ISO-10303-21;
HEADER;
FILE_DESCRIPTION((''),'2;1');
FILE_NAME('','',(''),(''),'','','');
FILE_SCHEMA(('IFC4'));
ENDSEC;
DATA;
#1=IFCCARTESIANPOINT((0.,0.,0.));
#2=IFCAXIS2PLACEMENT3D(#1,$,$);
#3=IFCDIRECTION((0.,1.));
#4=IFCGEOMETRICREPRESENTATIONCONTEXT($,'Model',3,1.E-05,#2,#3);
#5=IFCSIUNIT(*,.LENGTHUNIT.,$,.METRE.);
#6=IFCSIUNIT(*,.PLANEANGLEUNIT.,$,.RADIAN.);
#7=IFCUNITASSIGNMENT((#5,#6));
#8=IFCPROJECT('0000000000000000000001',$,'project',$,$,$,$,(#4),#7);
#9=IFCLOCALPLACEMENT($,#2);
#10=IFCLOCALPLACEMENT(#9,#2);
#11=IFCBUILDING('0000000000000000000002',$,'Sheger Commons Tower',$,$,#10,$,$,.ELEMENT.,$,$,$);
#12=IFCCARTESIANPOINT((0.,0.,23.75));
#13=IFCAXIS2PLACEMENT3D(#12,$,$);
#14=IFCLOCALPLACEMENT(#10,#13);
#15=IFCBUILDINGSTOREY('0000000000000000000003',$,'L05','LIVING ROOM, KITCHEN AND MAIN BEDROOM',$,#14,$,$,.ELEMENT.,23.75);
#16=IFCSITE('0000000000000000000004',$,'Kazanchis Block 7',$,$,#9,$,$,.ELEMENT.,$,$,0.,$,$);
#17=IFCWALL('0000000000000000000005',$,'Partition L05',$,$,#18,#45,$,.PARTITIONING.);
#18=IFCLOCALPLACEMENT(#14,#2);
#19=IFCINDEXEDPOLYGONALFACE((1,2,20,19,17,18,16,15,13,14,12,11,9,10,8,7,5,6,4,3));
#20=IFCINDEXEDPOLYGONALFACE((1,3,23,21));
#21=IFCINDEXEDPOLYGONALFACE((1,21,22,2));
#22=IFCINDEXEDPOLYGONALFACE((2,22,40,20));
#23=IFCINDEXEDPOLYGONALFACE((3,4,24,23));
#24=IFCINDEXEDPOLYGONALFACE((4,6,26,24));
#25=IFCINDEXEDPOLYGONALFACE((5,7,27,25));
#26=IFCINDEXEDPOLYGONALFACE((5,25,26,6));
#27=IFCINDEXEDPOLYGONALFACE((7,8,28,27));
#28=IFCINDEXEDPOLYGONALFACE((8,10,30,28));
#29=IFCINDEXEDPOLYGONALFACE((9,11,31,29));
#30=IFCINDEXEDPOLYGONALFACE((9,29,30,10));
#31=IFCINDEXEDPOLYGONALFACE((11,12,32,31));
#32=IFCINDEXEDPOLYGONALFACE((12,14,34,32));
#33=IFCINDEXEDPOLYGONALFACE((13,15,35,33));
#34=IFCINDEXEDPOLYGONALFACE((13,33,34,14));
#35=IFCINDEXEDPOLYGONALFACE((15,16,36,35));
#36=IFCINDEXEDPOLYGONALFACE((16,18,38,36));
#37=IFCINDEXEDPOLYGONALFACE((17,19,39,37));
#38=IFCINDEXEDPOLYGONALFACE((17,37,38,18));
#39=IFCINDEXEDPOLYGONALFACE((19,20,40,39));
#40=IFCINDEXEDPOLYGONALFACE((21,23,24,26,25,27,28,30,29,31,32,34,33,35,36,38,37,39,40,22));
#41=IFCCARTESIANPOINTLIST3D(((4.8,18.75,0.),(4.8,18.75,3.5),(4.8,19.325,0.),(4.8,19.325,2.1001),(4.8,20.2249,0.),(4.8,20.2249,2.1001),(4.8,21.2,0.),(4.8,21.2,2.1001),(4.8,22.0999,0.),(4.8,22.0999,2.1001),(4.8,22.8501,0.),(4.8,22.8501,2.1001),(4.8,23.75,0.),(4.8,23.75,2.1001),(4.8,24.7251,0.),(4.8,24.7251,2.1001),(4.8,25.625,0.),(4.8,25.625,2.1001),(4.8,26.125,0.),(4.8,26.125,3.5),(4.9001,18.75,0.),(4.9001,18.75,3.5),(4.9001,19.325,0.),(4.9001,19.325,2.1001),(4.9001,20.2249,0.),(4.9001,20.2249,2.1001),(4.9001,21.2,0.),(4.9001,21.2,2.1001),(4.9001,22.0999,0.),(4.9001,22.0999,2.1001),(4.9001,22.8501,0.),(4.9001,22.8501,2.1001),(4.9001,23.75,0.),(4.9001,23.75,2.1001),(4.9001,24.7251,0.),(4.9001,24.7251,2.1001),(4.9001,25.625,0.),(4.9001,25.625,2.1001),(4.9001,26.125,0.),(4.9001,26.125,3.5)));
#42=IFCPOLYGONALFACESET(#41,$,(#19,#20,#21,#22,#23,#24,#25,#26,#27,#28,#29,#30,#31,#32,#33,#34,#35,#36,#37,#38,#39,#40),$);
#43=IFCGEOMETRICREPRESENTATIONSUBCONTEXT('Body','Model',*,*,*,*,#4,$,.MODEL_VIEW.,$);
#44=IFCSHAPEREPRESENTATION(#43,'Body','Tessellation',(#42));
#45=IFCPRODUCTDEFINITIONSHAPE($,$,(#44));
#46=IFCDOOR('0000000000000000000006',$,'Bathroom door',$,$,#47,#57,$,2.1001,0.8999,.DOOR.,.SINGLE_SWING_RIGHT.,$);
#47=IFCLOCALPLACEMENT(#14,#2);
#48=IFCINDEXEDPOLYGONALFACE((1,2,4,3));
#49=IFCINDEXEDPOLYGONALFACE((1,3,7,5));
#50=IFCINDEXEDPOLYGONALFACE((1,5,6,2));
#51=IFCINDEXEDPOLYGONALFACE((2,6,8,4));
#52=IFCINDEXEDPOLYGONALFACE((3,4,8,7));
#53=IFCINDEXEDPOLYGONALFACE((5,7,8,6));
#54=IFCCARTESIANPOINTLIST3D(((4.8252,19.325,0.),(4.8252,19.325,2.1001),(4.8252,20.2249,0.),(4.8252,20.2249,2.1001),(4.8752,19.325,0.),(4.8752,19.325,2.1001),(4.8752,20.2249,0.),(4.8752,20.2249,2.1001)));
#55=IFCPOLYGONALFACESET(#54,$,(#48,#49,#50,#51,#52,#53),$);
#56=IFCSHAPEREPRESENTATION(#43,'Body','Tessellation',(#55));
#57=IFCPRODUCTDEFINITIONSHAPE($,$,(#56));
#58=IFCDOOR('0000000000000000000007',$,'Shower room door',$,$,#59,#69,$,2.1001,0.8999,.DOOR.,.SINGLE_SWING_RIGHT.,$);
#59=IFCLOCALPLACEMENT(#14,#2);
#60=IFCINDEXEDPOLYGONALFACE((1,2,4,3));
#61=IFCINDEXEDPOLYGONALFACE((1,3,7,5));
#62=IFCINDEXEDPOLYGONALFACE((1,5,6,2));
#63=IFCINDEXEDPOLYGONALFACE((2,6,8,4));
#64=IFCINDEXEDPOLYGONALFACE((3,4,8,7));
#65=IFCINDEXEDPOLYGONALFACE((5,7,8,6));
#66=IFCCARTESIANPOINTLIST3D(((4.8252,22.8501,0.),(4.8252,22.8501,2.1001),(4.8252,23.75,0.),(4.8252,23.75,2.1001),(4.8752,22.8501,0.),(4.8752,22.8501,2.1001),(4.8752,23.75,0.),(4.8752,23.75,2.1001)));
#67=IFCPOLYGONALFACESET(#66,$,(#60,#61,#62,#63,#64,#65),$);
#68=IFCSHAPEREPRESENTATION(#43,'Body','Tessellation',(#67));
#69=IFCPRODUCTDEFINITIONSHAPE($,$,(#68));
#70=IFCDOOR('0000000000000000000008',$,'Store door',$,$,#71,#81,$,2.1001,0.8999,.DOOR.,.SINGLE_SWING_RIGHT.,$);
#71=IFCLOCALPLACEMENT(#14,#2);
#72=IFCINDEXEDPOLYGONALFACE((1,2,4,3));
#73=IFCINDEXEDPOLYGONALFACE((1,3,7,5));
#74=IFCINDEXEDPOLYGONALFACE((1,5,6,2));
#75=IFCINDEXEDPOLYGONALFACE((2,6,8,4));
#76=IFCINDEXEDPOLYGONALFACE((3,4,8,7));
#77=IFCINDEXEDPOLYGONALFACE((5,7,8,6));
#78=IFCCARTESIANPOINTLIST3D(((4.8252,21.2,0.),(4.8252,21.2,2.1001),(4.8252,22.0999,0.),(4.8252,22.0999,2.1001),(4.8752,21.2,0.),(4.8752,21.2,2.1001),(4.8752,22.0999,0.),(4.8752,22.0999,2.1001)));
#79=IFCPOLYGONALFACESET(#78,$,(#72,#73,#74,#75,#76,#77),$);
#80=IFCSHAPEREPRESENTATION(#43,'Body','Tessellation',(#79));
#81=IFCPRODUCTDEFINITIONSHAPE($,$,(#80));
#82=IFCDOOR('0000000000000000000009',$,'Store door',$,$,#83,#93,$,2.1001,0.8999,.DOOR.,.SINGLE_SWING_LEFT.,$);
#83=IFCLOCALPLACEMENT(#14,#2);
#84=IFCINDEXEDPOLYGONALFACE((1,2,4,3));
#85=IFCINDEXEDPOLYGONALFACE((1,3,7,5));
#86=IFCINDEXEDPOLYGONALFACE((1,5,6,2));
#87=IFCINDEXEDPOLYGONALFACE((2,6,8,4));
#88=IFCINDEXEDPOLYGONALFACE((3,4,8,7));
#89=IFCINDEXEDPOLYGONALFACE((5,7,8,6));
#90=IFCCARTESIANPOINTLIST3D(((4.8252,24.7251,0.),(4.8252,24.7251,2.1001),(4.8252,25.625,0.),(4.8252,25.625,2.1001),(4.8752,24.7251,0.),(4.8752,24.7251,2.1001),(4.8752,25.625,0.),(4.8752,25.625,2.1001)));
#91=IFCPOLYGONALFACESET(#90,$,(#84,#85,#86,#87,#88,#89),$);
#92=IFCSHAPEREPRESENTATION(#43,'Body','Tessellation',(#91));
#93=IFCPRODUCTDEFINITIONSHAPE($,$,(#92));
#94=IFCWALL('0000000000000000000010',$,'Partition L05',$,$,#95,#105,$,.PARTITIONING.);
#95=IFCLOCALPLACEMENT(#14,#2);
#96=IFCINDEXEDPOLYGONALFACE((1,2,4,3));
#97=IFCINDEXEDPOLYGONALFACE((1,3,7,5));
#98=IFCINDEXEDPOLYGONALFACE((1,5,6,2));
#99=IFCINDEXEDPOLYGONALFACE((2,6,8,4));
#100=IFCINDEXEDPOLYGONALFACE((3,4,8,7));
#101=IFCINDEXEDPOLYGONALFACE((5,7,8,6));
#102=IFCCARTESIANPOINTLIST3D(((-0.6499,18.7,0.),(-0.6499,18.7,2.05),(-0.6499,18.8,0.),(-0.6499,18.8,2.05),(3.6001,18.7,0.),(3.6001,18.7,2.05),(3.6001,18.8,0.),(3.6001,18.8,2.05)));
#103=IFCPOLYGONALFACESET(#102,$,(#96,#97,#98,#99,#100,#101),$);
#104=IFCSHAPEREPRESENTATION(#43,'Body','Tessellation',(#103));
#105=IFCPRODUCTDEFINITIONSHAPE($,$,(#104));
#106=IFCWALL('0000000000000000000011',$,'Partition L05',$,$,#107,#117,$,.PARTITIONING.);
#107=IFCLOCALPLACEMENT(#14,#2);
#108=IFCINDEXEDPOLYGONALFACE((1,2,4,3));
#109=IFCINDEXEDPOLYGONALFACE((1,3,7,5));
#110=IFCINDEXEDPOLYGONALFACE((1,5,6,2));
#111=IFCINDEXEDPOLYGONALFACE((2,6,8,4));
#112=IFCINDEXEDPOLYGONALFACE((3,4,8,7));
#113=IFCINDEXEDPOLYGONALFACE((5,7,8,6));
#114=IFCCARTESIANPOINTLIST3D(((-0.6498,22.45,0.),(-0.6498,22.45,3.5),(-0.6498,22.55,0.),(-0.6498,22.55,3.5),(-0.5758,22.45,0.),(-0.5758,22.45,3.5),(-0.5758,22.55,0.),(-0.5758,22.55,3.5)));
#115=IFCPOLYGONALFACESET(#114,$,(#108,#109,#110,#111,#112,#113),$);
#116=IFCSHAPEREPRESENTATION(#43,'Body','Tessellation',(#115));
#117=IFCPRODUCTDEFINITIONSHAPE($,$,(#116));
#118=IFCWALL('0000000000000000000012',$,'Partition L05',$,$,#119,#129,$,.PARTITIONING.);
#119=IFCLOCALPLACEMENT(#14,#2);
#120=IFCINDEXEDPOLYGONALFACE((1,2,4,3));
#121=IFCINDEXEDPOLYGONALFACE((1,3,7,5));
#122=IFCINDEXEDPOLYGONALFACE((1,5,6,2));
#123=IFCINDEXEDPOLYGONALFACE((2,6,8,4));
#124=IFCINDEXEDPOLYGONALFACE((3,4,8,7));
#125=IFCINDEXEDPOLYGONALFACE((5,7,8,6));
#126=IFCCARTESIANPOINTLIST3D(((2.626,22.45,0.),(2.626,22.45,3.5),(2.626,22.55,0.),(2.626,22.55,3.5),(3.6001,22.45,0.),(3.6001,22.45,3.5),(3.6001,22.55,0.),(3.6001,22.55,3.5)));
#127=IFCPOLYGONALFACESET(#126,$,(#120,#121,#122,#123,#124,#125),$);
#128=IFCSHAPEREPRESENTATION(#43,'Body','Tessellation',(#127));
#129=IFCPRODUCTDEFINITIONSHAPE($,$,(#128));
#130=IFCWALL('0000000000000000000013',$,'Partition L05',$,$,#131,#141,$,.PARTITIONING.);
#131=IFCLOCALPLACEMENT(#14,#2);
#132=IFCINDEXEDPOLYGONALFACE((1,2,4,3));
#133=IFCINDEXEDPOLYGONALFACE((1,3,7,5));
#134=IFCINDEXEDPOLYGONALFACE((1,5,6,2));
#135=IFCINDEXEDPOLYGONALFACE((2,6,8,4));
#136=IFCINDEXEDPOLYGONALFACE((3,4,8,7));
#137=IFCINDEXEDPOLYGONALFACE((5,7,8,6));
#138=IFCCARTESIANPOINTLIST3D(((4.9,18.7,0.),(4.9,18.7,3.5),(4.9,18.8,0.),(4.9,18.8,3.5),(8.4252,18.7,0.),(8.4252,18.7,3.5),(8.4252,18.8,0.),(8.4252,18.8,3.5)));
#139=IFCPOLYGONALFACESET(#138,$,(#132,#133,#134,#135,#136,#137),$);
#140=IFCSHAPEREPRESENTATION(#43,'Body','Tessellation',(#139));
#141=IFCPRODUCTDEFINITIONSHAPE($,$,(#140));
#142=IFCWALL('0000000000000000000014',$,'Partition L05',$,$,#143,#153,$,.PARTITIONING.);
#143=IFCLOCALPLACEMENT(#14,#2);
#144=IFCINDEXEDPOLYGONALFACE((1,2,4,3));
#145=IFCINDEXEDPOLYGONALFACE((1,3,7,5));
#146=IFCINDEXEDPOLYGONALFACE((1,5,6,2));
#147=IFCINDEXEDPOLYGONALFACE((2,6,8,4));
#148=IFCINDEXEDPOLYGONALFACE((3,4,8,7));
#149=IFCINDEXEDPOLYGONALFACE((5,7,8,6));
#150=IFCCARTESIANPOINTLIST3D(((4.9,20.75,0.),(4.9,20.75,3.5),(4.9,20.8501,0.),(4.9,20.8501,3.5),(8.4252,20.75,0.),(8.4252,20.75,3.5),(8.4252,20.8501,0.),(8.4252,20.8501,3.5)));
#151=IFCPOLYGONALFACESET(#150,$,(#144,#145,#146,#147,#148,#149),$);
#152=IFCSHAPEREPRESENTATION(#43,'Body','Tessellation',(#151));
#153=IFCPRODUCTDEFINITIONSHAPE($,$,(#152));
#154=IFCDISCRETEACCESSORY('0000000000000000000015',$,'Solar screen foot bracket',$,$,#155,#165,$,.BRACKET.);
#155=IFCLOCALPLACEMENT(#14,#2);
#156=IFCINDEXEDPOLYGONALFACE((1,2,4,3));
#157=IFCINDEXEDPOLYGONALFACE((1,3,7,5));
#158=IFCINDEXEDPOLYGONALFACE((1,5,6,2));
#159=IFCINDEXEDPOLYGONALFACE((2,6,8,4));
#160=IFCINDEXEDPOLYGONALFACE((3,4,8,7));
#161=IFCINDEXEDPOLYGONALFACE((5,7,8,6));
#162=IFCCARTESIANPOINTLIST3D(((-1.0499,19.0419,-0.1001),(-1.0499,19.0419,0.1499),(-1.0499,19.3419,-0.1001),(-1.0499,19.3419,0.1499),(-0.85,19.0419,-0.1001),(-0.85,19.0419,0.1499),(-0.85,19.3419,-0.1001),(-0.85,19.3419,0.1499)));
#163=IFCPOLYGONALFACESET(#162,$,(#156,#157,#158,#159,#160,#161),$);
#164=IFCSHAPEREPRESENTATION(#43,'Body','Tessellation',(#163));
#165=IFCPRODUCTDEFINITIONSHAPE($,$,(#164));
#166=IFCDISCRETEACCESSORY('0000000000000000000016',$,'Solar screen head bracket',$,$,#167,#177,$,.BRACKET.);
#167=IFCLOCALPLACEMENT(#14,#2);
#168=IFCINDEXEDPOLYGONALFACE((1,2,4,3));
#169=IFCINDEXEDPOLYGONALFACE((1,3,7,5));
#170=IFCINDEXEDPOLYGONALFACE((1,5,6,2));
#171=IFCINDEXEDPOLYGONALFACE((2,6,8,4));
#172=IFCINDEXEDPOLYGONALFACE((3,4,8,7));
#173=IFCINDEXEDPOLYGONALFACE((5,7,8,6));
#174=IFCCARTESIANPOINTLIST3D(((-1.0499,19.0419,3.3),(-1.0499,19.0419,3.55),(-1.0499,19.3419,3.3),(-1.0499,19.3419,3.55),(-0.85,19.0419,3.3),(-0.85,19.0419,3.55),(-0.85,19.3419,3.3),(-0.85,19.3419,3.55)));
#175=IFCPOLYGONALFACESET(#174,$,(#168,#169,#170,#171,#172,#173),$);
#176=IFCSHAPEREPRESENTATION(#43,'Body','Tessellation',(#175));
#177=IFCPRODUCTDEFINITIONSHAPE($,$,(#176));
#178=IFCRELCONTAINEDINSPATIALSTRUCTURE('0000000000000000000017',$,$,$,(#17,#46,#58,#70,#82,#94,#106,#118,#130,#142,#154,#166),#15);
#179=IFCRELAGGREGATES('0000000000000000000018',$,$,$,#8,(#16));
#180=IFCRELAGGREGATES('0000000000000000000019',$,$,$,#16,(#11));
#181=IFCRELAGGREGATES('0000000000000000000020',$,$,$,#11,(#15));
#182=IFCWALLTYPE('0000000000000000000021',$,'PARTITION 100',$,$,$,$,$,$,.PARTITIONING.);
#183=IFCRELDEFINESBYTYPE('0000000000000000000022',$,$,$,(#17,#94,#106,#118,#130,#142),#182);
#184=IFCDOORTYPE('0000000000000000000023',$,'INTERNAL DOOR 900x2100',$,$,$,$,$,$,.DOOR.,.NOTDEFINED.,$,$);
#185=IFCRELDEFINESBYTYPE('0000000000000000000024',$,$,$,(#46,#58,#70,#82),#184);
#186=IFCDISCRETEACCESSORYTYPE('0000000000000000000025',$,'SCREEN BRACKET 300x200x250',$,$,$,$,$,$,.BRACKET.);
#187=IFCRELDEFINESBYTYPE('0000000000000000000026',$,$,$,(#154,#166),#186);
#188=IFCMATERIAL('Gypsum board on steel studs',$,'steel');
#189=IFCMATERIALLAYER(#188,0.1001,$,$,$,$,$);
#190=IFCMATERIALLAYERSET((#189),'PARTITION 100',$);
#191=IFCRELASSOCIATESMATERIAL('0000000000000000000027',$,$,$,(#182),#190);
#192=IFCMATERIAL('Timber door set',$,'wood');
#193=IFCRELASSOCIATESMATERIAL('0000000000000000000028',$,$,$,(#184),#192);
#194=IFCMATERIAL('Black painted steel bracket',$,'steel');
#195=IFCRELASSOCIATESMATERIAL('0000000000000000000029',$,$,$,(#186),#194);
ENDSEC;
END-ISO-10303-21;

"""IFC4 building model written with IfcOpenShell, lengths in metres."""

from ifc_helpers import new_model, si_unit, direction, frame, frame_2d, origin, origin_2d, place, context, subcontext, project, spatial, rectangle, extrude, material, layer, layer_set, type_object, element, fill, save


model = new_model("IFC4")

# Units and contexts
model_context = context("Model", 3, precision=1e-05, world=origin(), true_north=direction((0.0, 1.0)))
body_context = subcontext(model_context, "Body", "Model", "MODEL_VIEW")
ifc_project = project(units=[si_unit("LENGTHUNIT", "METRE"), si_unit("PLANEANGLEUNIT", "RADIAN")], contexts=[model_context])

# Site, building, storey
site_placement = place(None, origin())
site = spatial("IfcSite", under=ifc_project, at=site_placement, Name="Kazanchis Block 7", CompositionType="ELEMENT", RefElevation=0.0)
building_placement = place(site_placement, origin())
building = spatial("IfcBuilding", under=site, at=building_placement, Name="Sheger Commons Tower", CompositionType="ELEMENT")
storey_placement = place(building_placement, frame((0.0, 0.0, 23.75)))
storey = spatial("IfcBuildingStorey", under=building, at=storey_placement, Name="L05", Description="LIVING ROOM, KITCHEN AND MAIN BEDROOM", CompositionType="ELEMENT", Elevation=23.75)

# Wall, openings, doors
ifc_material_1 = material(Name="Gypsum board on steel studs", Category="steel")
ifc_layer_1 = layer(ifc_material_1, 0.1001)
ifc_layer_set_1 = layer_set([ifc_layer_1], Name="PARTITION 100")
wall_type = type_object("IfcWallType", Name="PARTITION 100", PredefinedType="PARTITIONING", material=ifc_layer_set_1)
ifc_material_2 = material(Name="Timber door set", Category="wood")
door_type = type_object("IfcDoorType", Name="INTERNAL DOOR 900x2100", OperationType="NOTDEFINED", PredefinedType="DOOR", material=ifc_material_2)
wall_1_placement = place(storey_placement, frame((4.8501, 18.75, 0.0), z_axis=(0.0, 0.0, 1.0), x_axis=(0.0, 1.0, 0.0)))
wall_1 = element("IfcWall", 1, at=wall_1_placement, inside=storey, type_object=wall_type, Name="Partition L05", PredefinedType="PARTITIONING", context=body_context, shape_type="SweptSolid", body=[
    extrude(rectangle(XDim=7.375, YDim=0.1001, at=frame_2d((3.6875, 0.0))), origin(), (0.0, 0.0, 1.0), 3.5),
])
opening_1_placement = place(wall_1_placement, frame((0.575, 0.0, 0.0)))
opening_1 = element("IfcOpeningElement", 2, at=opening_1_placement, cuts=wall_1, PredefinedType="OPENING", context=body_context, shape_type="SweptSolid", body=[
    extrude(rectangle(XDim=0.8999, YDim=2.1001, at=frame_2d((0.45, 1.05))), frame((0.0, 0.0601, 0.0), z_axis=(0.0, -1.0, 0.0), x_axis=(1.0, 0.0, 0.0)), (0.0, 0.0, 1.0), 0.1201),
])
opening_2_placement = place(wall_1_placement, frame((4.1001, 0.0, 0.0)))
opening_2 = element("IfcOpeningElement", 3, at=opening_2_placement, cuts=wall_1, PredefinedType="OPENING", context=body_context, shape_type="SweptSolid", body=[
    extrude(rectangle(XDim=0.8999, YDim=2.1001, at=frame_2d((0.45, 1.05))), frame((0.0, 0.0601, 0.0), z_axis=(0.0, -1.0, 0.0), x_axis=(1.0, 0.0, 0.0)), (0.0, 0.0, 1.0), 0.1201),
])
opening_3_placement = place(wall_1_placement, frame((2.45, 0.0, 0.0)))
opening_3 = element("IfcOpeningElement", 4, at=opening_3_placement, cuts=wall_1, PredefinedType="OPENING", context=body_context, shape_type="SweptSolid", body=[
    extrude(rectangle(XDim=0.8999, YDim=2.1001, at=frame_2d((0.45, 1.05))), frame((0.0, 0.0601, 0.0), z_axis=(0.0, -1.0, 0.0), x_axis=(1.0, 0.0, 0.0)), (0.0, 0.0, 1.0), 0.1201),
])
opening_4_placement = place(wall_1_placement, frame((5.9751, 0.0, 0.0)))
opening_4 = element("IfcOpeningElement", 5, at=opening_4_placement, cuts=wall_1, PredefinedType="OPENING", context=body_context, shape_type="SweptSolid", body=[
    extrude(rectangle(XDim=0.8999, YDim=2.1001, at=frame_2d((0.45, 1.05))), frame((0.0, 0.0601, 0.0), z_axis=(0.0, -1.0, 0.0), x_axis=(1.0, 0.0, 0.0)), (0.0, 0.0, 1.0), 0.1201),
])
door_1_placement = place(opening_1_placement, origin())
door_1 = element("IfcDoor", 6, at=door_1_placement, inside=storey, type_object=door_type, Name="Bathroom door", OperationType="SINGLE_SWING_RIGHT", OverallHeight=2.1001, OverallWidth=0.8999, PredefinedType="DOOR", context=body_context, shape_type="SweptSolid", body=[
    extrude(rectangle(XDim=0.8999, YDim=2.1001, at=frame_2d((0.45, 1.05))), frame((0.0, 0.0249, 0.0), z_axis=(0.0, -1.0, 0.0), x_axis=(1.0, 0.0, 0.0)), (0.0, 0.0, 1.0), 0.05),
])
fill(opening_1, door_1)
door_2_placement = place(opening_2_placement, origin())
door_2 = element("IfcDoor", 7, at=door_2_placement, inside=storey, type_object=door_type, Name="Shower room door", OperationType="SINGLE_SWING_RIGHT", OverallHeight=2.1001, OverallWidth=0.8999, PredefinedType="DOOR", context=body_context, shape_type="SweptSolid", body=[
    extrude(rectangle(XDim=0.8999, YDim=2.1001, at=frame_2d((0.45, 1.05))), frame((0.0, 0.0249, 0.0), z_axis=(0.0, -1.0, 0.0), x_axis=(1.0, 0.0, 0.0)), (0.0, 0.0, 1.0), 0.05),
])
fill(opening_2, door_2)
door_3_placement = place(opening_3_placement, origin())
door_3 = element("IfcDoor", 8, at=door_3_placement, inside=storey, type_object=door_type, Name="Store door", OperationType="SINGLE_SWING_RIGHT", OverallHeight=2.1001, OverallWidth=0.8999, PredefinedType="DOOR", context=body_context, shape_type="SweptSolid", body=[
    extrude(rectangle(XDim=0.8999, YDim=2.1001, at=frame_2d((0.45, 1.05))), frame((0.0, 0.0249, 0.0), z_axis=(0.0, -1.0, 0.0), x_axis=(1.0, 0.0, 0.0)), (0.0, 0.0, 1.0), 0.05),
])
fill(opening_3, door_3)
door_4_placement = place(opening_4_placement, origin())
door_4 = element("IfcDoor", 9, at=door_4_placement, inside=storey, type_object=door_type, Name="Store door", OperationType="SINGLE_SWING_LEFT", OverallHeight=2.1001, OverallWidth=0.8999, PredefinedType="DOOR", context=body_context, shape_type="SweptSolid", body=[
    extrude(rectangle(XDim=0.8999, YDim=2.1001, at=frame_2d((0.45, 1.05))), frame((0.0, 0.0249, 0.0), z_axis=(0.0, -1.0, 0.0), x_axis=(1.0, 0.0, 0.0)), (0.0, 0.0, 1.0), 0.05),
])
fill(opening_4, door_4)

# Walls
wall_2_placement = place(storey_placement, frame((-0.6499, 18.75, 0.0), z_axis=(0.0, 0.0, 1.0), x_axis=(1.0, 0.0, 0.0)))
element("IfcWall", 10, at=wall_2_placement, inside=storey, type_object=wall_type, Name="Partition L05", PredefinedType="PARTITIONING", context=body_context, shape_type="SweptSolid", body=[
    extrude(rectangle(XDim=4.25, YDim=0.1001, at=frame_2d((2.125, 0.0))), origin(), (0.0, 0.0, 1.0), 2.05),
])
wall_3_placement = place(storey_placement, frame((-0.6499, 22.5, 0.0), z_axis=(0.0, 0.0, 1.0), x_axis=(1.0, 0.0, 0.0)))
element("IfcWall", 11, at=wall_3_placement, inside=storey, type_object=wall_type, Name="Partition L05", PredefinedType="PARTITIONING", context=body_context, shape_type="SweptSolid", body=[
    extrude(rectangle(XDim=0.074, YDim=0.1001, at=frame_2d((0.0371, 0.0))), origin(), (0.0, 0.0, 1.0), 3.5),
])
wall_4_placement = place(storey_placement, frame((2.626, 22.5, 0.0), z_axis=(0.0, 0.0, 1.0), x_axis=(1.0, 0.0, 0.0)))
element("IfcWall", 12, at=wall_4_placement, inside=storey, type_object=wall_type, Name="Partition L05", PredefinedType="PARTITIONING", context=body_context, shape_type="SweptSolid", body=[
    extrude(rectangle(XDim=0.9741, YDim=0.1001, at=frame_2d((0.4871, 0.0))), origin(), (0.0, 0.0, 1.0), 3.5),
])
for number, where, z_axis, x_axis, name in (
    (13, (4.8999, 18.75, 0.0), (0.0, 0.0, 1.0), (1.0, 0.0, 0.0), "Partition L05"),
    (14, (4.8999, 20.8, 0.0), (0.0, 0.0, 1.0), (1.0, 0.0, 0.0), "Partition L05"),
):
    element("IfcWall", number, at=place(storey_placement, frame(where, z_axis=z_axis, x_axis=x_axis)), inside=storey, type_object=wall_type, Name=name, PredefinedType="PARTITIONING", context=body_context, shape_type="SweptSolid", body=[
        extrude(rectangle(XDim=3.5251, YDim=0.1001, at=frame_2d((1.7627, 0.0))), origin(), (0.0, 0.0, 1.0), 3.5),
    ])

# Discrete accessories
ifc_material_3 = material(Name="Black painted steel bracket", Category="steel")
discrete_accessory_type = type_object("IfcDiscreteAccessoryType", Name="SCREEN BRACKET 300x200x250", PredefinedType="BRACKET", material=ifc_material_3)
for number, where, z_axis, x_axis, name in (
    (15, (-0.95, 19.1919, -0.1001), (0.0, 0.0, 1.0), (0.0, -1.0, 0.0), "Solar screen foot bracket"),
    (16, (-0.95, 19.1919, 3.3), (0.0, 0.0, 1.0), (0.0, -1.0, 0.0), "Solar screen head bracket"),
):
    element("IfcDiscreteAccessory", number, at=place(storey_placement, frame(where, z_axis=z_axis, x_axis=x_axis)), inside=storey, type_object=discrete_accessory_type, Name=name, PredefinedType="BRACKET", context=body_context, shape_type="SweptSolid", body=[
        extrude(rectangle(XDim=0.3, YDim=0.2, at=origin_2d()), origin(), (0.0, 0.0, 1.0), 0.25),
    ])

save(model, "model.ifc")
